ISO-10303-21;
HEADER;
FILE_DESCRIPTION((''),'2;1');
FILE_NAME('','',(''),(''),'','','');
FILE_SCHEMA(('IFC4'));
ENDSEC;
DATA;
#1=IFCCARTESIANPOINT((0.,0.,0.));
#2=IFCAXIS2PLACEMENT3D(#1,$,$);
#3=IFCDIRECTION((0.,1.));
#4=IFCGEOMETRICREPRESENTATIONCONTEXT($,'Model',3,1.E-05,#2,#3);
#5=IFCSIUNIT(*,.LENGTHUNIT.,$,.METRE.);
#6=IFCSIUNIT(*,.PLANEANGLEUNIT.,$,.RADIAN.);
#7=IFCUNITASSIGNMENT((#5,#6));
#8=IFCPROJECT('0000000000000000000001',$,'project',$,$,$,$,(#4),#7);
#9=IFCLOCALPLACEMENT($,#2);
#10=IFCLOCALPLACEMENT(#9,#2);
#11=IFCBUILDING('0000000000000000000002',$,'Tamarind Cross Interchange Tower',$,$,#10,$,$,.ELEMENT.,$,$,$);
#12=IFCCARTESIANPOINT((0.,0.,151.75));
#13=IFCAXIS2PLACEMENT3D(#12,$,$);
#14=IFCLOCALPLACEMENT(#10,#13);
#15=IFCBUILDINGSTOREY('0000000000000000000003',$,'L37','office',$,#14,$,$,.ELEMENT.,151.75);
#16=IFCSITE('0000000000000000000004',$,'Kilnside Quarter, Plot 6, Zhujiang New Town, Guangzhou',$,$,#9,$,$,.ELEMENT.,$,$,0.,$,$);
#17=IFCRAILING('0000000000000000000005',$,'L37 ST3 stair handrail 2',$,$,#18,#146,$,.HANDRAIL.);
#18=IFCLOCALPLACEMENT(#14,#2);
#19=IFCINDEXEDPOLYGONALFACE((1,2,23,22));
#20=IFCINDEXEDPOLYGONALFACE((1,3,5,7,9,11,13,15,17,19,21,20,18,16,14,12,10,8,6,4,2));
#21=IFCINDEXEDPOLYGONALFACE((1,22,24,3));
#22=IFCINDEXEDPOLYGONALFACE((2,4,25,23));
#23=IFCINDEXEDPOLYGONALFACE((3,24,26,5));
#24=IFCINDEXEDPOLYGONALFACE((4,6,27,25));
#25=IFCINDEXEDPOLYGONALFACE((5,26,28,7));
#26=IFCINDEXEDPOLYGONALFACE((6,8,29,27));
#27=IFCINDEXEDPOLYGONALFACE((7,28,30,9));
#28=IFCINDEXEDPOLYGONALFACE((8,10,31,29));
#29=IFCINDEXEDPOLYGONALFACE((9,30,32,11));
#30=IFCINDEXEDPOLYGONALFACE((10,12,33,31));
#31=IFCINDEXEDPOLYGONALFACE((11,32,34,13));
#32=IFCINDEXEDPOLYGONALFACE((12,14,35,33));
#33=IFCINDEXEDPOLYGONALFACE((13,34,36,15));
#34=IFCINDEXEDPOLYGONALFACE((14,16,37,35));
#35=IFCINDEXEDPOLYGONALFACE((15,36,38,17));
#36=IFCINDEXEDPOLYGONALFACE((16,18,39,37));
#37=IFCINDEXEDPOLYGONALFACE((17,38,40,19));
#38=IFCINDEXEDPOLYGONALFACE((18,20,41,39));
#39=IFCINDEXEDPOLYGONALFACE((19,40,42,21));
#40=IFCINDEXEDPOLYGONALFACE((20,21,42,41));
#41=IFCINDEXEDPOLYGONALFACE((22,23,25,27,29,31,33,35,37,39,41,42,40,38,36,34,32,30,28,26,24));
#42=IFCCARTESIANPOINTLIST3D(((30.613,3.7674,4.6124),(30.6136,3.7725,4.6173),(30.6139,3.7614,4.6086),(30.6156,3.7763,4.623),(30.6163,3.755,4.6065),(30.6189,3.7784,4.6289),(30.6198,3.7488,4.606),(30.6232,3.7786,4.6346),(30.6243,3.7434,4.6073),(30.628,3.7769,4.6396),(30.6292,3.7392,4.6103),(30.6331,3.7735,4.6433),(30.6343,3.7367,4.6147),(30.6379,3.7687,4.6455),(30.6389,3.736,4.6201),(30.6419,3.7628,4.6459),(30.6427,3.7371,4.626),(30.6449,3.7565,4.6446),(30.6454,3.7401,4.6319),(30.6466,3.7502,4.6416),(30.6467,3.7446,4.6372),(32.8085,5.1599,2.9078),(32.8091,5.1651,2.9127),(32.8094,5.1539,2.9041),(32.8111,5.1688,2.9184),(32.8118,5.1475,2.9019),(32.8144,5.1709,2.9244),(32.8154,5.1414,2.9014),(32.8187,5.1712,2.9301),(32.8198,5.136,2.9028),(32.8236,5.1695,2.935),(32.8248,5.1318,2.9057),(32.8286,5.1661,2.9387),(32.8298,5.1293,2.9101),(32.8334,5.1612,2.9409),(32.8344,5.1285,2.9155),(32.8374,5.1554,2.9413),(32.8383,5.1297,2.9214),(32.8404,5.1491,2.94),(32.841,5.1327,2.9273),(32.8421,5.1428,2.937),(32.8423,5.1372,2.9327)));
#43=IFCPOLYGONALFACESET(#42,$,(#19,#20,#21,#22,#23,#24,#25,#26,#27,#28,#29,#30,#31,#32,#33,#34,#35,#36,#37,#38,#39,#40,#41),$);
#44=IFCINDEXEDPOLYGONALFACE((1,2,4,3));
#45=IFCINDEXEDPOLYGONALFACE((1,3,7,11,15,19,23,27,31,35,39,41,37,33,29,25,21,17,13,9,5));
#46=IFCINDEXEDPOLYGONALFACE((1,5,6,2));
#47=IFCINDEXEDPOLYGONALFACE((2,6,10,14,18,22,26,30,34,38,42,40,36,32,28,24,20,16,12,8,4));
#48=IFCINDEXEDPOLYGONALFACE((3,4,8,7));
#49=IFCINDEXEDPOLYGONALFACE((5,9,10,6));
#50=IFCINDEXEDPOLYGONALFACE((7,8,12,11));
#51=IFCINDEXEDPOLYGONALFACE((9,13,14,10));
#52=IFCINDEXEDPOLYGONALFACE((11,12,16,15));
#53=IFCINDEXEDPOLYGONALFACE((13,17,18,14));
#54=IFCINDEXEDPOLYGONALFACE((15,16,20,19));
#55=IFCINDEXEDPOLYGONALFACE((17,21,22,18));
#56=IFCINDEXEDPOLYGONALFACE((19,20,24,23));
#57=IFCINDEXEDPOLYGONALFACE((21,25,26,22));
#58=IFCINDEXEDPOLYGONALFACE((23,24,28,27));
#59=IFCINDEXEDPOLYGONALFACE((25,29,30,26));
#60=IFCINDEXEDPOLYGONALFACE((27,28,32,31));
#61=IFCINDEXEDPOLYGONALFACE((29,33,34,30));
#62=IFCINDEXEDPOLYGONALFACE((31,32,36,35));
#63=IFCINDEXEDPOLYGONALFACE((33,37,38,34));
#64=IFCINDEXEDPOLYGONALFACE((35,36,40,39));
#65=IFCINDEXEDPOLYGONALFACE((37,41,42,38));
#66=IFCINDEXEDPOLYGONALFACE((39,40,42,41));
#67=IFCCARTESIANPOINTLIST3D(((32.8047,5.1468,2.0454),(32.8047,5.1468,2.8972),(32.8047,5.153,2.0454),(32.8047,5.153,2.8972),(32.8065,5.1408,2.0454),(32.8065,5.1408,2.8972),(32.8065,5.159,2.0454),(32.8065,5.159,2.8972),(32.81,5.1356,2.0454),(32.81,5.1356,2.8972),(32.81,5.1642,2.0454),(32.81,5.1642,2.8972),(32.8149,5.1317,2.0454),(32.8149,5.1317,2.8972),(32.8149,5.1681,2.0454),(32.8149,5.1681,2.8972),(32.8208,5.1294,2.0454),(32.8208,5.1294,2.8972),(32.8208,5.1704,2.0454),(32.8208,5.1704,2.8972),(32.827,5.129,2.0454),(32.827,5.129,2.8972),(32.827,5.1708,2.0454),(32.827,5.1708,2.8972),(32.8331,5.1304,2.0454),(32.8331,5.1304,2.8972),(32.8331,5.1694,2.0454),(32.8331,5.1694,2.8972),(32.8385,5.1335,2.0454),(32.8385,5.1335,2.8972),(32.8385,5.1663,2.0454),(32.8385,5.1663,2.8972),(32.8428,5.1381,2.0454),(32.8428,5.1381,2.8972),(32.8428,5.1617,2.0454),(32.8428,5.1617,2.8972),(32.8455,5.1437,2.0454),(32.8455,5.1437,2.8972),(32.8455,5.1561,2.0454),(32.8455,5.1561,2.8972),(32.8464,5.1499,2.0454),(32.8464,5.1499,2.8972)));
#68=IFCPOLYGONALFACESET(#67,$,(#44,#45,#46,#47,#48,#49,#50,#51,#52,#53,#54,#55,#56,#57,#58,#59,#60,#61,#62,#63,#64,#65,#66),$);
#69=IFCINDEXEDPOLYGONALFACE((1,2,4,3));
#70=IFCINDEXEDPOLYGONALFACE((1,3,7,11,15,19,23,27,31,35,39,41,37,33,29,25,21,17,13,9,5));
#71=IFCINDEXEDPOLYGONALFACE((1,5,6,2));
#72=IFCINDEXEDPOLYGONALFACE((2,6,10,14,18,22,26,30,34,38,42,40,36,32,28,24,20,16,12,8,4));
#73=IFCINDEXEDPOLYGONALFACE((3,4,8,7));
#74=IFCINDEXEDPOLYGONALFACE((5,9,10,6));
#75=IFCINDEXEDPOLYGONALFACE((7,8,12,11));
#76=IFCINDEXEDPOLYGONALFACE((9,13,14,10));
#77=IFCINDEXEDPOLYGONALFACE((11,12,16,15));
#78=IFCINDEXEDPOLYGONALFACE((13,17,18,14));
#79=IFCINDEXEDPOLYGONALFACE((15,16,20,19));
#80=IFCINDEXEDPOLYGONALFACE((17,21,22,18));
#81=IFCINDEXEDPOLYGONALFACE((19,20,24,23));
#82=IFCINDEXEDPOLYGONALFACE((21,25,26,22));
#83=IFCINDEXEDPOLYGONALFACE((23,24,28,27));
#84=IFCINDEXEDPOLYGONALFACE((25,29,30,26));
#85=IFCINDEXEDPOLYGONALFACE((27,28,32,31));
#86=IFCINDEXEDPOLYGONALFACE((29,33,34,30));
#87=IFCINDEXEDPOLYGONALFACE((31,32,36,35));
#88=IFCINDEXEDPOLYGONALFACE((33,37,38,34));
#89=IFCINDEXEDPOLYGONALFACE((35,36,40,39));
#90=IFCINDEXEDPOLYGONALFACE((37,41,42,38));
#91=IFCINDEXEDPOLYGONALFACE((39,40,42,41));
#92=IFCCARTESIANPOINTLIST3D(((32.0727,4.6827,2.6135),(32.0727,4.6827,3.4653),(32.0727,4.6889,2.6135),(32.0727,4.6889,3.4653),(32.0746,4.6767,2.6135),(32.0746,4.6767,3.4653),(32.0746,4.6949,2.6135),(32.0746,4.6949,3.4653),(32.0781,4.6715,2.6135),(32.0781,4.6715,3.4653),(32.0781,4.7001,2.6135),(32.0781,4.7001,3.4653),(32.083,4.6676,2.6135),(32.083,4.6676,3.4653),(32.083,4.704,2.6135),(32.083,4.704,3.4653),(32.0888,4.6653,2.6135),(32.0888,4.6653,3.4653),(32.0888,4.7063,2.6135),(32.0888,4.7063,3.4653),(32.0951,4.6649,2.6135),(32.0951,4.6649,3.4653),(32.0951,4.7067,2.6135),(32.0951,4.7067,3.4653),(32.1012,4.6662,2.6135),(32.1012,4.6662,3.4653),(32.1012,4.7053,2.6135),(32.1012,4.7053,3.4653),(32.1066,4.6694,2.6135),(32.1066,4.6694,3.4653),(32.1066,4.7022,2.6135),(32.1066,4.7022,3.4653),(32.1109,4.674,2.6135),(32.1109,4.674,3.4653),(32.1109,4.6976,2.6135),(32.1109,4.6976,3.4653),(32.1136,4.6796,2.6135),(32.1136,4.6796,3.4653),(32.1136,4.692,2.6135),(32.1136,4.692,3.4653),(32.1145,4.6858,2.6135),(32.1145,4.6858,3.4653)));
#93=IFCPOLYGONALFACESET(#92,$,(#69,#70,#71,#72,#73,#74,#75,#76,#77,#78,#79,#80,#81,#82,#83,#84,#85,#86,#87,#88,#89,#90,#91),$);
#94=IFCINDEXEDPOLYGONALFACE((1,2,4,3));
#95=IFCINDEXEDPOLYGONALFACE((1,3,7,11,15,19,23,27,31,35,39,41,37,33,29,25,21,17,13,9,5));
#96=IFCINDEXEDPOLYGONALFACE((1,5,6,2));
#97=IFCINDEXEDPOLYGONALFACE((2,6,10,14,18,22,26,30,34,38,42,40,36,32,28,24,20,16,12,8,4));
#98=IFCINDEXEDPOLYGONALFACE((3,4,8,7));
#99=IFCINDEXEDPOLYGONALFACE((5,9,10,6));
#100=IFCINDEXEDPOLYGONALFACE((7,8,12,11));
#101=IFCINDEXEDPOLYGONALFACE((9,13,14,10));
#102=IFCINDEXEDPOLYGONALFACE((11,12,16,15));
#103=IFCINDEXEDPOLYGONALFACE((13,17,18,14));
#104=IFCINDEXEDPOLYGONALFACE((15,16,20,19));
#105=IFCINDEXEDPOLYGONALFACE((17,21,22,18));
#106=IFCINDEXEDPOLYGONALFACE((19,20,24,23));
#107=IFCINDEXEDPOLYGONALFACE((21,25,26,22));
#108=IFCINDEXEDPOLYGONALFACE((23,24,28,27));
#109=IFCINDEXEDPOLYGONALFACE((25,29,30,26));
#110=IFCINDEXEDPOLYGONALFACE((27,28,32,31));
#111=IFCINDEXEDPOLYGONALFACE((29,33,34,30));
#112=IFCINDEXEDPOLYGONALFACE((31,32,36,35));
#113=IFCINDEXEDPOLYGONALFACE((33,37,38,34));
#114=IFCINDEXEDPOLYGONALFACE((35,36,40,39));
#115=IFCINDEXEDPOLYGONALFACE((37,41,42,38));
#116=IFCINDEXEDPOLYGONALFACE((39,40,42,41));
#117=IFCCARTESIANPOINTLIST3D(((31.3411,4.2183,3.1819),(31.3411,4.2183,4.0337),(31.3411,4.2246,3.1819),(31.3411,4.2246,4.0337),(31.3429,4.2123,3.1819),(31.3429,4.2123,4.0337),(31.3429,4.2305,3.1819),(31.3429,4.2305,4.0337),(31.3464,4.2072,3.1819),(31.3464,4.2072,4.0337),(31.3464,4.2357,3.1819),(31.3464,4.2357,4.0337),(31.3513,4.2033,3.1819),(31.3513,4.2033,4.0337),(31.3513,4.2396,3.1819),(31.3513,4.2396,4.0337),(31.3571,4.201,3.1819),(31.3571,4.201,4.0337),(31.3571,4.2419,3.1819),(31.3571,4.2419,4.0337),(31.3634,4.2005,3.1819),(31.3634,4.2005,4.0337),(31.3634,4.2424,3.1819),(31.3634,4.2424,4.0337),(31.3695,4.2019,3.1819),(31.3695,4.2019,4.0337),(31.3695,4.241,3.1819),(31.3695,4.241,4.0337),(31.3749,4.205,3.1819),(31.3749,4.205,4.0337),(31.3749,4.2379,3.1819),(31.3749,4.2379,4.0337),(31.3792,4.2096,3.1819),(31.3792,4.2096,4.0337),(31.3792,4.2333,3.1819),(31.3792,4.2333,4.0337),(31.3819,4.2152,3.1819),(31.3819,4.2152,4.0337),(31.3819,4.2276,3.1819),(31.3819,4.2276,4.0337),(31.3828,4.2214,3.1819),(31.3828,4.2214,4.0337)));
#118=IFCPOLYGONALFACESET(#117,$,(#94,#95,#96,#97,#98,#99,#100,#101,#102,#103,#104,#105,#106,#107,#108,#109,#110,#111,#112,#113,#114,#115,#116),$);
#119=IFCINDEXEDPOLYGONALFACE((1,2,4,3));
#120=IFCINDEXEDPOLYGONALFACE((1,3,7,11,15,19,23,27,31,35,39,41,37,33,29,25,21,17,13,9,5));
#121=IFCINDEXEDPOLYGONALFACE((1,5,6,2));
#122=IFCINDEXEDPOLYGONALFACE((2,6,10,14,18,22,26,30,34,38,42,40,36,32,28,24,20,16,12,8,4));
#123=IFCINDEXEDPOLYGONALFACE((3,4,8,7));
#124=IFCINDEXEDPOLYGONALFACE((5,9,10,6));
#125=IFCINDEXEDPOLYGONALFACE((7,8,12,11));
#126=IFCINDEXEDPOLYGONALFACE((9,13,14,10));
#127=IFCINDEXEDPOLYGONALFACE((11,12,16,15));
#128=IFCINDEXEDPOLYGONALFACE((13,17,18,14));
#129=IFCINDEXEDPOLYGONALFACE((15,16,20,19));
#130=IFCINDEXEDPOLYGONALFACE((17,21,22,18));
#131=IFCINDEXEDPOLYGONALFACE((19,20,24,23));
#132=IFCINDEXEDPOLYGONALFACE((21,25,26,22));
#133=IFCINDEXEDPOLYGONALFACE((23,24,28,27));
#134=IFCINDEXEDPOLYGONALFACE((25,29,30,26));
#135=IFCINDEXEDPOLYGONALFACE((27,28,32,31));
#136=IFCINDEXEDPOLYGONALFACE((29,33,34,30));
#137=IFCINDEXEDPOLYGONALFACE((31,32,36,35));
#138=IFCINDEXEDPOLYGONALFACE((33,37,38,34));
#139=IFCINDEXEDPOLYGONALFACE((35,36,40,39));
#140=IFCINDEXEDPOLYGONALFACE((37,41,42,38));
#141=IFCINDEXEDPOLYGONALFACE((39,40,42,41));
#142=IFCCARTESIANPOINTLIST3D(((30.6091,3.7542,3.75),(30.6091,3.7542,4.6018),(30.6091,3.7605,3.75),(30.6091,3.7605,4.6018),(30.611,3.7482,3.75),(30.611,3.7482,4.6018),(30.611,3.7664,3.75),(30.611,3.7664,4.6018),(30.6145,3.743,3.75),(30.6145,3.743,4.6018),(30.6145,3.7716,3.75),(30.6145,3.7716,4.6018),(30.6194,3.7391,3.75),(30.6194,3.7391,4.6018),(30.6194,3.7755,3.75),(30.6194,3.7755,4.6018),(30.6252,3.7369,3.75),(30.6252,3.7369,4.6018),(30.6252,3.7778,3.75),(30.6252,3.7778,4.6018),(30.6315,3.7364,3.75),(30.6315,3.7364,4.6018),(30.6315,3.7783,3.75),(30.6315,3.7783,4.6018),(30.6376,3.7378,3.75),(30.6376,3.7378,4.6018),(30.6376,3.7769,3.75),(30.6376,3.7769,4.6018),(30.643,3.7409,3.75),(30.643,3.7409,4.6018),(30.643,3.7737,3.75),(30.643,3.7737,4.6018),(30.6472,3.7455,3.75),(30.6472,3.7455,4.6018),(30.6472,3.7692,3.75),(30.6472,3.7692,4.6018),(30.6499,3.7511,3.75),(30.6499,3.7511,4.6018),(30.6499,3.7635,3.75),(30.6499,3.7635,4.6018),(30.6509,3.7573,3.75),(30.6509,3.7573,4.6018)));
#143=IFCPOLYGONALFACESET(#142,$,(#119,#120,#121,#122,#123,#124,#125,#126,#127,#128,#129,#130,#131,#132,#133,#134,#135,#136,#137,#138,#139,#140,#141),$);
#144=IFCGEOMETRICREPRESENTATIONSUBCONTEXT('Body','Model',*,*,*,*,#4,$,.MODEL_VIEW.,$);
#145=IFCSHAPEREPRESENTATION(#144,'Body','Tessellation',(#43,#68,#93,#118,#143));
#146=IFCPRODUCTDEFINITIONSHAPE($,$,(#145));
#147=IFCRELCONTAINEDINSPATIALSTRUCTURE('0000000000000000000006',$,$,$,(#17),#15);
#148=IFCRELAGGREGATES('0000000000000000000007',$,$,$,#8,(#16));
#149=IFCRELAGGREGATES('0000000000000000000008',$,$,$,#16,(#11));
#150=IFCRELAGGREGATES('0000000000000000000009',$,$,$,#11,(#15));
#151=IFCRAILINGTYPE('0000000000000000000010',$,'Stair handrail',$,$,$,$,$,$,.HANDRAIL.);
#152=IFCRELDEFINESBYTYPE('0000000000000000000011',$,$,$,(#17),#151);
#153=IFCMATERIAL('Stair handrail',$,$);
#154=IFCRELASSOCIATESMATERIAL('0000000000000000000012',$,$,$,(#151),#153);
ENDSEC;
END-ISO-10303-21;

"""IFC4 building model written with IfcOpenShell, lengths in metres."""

from ifc_helpers import new_model, si_unit, direction, frame, origin, origin_2d, place, context, subcontext, project, spatial, circle, extrude, material, type_object, element, save


model = new_model("IFC4")

# Units and contexts
model_context = context("Model", 3, precision=1e-05, world=origin(), true_north=direction((0.0, 1.0)))
body_context = subcontext(model_context, "Body", "Model", "MODEL_VIEW")
ifc_project = project(units=[si_unit("LENGTHUNIT", "METRE"), si_unit("PLANEANGLEUNIT", "RADIAN")], contexts=[model_context])

# Site, building, storey
site_placement = place(None, origin())
site = spatial("IfcSite", under=ifc_project, at=site_placement, Name="Kilnside Quarter, Plot 6, Zhujiang New Town, Guangzhou", CompositionType="ELEMENT", RefElevation=0.0)
building_placement = place(site_placement, origin())
building = spatial("IfcBuilding", under=site, at=building_placement, Name="Tamarind Cross Interchange Tower", CompositionType="ELEMENT")
storey_placement = place(building_placement, frame((0.0, 0.0, 151.75)))
storey = spatial("IfcBuildingStorey", under=building, at=storey_placement, Name="L37", Description="office", CompositionType="ELEMENT", Elevation=151.75)

# Railing
ifc_material_1 = material(Name="Stair handrail")
railing_type_1 = type_object("IfcRailingType", Name="Stair handrail", PredefinedType="HANDRAIL", material=ifc_material_1)
railing_1_placement = place(storey_placement, frame((32.8254, 5.1499, 2.0454)))
element("IfcRailing", 1, at=railing_1_placement, inside=storey, type_object=railing_type_1, Name="L37 ST3 stair handrail 2", PredefinedType="HANDRAIL", context=body_context, shape_type="SweptSolid", body=[
    extrude(circle(Radius=0.0239, at=origin_2d()), frame((0.0, 0.0, 0.876), z_axis=(-0.706213, -0.44793, 0.54829), x_axis=(0.535617, -0.844461, 0.0)), (0.0, 0.0, 1.0), 3.1089),
    extrude(circle(Radius=0.021, at=origin_2d()), origin(), (0.0, 0.0, 1.0), 0.8518),
    extrude(circle(Radius=0.021, at=origin_2d()), frame((-0.7319, -0.4641, 0.5681)), (0.0, 0.0, 1.0), 0.8518),
    extrude(circle(Radius=0.021, at=origin_2d()), frame((-1.4636, -0.9285, 1.1365)), (0.0, 0.0, 1.0), 0.8518),
    extrude(circle(Radius=0.021, at=origin_2d()), frame((-2.1956, -1.3926, 1.7046)), (0.0, 0.0, 1.0), 0.8518),
])

save(model, "model.ifc")
